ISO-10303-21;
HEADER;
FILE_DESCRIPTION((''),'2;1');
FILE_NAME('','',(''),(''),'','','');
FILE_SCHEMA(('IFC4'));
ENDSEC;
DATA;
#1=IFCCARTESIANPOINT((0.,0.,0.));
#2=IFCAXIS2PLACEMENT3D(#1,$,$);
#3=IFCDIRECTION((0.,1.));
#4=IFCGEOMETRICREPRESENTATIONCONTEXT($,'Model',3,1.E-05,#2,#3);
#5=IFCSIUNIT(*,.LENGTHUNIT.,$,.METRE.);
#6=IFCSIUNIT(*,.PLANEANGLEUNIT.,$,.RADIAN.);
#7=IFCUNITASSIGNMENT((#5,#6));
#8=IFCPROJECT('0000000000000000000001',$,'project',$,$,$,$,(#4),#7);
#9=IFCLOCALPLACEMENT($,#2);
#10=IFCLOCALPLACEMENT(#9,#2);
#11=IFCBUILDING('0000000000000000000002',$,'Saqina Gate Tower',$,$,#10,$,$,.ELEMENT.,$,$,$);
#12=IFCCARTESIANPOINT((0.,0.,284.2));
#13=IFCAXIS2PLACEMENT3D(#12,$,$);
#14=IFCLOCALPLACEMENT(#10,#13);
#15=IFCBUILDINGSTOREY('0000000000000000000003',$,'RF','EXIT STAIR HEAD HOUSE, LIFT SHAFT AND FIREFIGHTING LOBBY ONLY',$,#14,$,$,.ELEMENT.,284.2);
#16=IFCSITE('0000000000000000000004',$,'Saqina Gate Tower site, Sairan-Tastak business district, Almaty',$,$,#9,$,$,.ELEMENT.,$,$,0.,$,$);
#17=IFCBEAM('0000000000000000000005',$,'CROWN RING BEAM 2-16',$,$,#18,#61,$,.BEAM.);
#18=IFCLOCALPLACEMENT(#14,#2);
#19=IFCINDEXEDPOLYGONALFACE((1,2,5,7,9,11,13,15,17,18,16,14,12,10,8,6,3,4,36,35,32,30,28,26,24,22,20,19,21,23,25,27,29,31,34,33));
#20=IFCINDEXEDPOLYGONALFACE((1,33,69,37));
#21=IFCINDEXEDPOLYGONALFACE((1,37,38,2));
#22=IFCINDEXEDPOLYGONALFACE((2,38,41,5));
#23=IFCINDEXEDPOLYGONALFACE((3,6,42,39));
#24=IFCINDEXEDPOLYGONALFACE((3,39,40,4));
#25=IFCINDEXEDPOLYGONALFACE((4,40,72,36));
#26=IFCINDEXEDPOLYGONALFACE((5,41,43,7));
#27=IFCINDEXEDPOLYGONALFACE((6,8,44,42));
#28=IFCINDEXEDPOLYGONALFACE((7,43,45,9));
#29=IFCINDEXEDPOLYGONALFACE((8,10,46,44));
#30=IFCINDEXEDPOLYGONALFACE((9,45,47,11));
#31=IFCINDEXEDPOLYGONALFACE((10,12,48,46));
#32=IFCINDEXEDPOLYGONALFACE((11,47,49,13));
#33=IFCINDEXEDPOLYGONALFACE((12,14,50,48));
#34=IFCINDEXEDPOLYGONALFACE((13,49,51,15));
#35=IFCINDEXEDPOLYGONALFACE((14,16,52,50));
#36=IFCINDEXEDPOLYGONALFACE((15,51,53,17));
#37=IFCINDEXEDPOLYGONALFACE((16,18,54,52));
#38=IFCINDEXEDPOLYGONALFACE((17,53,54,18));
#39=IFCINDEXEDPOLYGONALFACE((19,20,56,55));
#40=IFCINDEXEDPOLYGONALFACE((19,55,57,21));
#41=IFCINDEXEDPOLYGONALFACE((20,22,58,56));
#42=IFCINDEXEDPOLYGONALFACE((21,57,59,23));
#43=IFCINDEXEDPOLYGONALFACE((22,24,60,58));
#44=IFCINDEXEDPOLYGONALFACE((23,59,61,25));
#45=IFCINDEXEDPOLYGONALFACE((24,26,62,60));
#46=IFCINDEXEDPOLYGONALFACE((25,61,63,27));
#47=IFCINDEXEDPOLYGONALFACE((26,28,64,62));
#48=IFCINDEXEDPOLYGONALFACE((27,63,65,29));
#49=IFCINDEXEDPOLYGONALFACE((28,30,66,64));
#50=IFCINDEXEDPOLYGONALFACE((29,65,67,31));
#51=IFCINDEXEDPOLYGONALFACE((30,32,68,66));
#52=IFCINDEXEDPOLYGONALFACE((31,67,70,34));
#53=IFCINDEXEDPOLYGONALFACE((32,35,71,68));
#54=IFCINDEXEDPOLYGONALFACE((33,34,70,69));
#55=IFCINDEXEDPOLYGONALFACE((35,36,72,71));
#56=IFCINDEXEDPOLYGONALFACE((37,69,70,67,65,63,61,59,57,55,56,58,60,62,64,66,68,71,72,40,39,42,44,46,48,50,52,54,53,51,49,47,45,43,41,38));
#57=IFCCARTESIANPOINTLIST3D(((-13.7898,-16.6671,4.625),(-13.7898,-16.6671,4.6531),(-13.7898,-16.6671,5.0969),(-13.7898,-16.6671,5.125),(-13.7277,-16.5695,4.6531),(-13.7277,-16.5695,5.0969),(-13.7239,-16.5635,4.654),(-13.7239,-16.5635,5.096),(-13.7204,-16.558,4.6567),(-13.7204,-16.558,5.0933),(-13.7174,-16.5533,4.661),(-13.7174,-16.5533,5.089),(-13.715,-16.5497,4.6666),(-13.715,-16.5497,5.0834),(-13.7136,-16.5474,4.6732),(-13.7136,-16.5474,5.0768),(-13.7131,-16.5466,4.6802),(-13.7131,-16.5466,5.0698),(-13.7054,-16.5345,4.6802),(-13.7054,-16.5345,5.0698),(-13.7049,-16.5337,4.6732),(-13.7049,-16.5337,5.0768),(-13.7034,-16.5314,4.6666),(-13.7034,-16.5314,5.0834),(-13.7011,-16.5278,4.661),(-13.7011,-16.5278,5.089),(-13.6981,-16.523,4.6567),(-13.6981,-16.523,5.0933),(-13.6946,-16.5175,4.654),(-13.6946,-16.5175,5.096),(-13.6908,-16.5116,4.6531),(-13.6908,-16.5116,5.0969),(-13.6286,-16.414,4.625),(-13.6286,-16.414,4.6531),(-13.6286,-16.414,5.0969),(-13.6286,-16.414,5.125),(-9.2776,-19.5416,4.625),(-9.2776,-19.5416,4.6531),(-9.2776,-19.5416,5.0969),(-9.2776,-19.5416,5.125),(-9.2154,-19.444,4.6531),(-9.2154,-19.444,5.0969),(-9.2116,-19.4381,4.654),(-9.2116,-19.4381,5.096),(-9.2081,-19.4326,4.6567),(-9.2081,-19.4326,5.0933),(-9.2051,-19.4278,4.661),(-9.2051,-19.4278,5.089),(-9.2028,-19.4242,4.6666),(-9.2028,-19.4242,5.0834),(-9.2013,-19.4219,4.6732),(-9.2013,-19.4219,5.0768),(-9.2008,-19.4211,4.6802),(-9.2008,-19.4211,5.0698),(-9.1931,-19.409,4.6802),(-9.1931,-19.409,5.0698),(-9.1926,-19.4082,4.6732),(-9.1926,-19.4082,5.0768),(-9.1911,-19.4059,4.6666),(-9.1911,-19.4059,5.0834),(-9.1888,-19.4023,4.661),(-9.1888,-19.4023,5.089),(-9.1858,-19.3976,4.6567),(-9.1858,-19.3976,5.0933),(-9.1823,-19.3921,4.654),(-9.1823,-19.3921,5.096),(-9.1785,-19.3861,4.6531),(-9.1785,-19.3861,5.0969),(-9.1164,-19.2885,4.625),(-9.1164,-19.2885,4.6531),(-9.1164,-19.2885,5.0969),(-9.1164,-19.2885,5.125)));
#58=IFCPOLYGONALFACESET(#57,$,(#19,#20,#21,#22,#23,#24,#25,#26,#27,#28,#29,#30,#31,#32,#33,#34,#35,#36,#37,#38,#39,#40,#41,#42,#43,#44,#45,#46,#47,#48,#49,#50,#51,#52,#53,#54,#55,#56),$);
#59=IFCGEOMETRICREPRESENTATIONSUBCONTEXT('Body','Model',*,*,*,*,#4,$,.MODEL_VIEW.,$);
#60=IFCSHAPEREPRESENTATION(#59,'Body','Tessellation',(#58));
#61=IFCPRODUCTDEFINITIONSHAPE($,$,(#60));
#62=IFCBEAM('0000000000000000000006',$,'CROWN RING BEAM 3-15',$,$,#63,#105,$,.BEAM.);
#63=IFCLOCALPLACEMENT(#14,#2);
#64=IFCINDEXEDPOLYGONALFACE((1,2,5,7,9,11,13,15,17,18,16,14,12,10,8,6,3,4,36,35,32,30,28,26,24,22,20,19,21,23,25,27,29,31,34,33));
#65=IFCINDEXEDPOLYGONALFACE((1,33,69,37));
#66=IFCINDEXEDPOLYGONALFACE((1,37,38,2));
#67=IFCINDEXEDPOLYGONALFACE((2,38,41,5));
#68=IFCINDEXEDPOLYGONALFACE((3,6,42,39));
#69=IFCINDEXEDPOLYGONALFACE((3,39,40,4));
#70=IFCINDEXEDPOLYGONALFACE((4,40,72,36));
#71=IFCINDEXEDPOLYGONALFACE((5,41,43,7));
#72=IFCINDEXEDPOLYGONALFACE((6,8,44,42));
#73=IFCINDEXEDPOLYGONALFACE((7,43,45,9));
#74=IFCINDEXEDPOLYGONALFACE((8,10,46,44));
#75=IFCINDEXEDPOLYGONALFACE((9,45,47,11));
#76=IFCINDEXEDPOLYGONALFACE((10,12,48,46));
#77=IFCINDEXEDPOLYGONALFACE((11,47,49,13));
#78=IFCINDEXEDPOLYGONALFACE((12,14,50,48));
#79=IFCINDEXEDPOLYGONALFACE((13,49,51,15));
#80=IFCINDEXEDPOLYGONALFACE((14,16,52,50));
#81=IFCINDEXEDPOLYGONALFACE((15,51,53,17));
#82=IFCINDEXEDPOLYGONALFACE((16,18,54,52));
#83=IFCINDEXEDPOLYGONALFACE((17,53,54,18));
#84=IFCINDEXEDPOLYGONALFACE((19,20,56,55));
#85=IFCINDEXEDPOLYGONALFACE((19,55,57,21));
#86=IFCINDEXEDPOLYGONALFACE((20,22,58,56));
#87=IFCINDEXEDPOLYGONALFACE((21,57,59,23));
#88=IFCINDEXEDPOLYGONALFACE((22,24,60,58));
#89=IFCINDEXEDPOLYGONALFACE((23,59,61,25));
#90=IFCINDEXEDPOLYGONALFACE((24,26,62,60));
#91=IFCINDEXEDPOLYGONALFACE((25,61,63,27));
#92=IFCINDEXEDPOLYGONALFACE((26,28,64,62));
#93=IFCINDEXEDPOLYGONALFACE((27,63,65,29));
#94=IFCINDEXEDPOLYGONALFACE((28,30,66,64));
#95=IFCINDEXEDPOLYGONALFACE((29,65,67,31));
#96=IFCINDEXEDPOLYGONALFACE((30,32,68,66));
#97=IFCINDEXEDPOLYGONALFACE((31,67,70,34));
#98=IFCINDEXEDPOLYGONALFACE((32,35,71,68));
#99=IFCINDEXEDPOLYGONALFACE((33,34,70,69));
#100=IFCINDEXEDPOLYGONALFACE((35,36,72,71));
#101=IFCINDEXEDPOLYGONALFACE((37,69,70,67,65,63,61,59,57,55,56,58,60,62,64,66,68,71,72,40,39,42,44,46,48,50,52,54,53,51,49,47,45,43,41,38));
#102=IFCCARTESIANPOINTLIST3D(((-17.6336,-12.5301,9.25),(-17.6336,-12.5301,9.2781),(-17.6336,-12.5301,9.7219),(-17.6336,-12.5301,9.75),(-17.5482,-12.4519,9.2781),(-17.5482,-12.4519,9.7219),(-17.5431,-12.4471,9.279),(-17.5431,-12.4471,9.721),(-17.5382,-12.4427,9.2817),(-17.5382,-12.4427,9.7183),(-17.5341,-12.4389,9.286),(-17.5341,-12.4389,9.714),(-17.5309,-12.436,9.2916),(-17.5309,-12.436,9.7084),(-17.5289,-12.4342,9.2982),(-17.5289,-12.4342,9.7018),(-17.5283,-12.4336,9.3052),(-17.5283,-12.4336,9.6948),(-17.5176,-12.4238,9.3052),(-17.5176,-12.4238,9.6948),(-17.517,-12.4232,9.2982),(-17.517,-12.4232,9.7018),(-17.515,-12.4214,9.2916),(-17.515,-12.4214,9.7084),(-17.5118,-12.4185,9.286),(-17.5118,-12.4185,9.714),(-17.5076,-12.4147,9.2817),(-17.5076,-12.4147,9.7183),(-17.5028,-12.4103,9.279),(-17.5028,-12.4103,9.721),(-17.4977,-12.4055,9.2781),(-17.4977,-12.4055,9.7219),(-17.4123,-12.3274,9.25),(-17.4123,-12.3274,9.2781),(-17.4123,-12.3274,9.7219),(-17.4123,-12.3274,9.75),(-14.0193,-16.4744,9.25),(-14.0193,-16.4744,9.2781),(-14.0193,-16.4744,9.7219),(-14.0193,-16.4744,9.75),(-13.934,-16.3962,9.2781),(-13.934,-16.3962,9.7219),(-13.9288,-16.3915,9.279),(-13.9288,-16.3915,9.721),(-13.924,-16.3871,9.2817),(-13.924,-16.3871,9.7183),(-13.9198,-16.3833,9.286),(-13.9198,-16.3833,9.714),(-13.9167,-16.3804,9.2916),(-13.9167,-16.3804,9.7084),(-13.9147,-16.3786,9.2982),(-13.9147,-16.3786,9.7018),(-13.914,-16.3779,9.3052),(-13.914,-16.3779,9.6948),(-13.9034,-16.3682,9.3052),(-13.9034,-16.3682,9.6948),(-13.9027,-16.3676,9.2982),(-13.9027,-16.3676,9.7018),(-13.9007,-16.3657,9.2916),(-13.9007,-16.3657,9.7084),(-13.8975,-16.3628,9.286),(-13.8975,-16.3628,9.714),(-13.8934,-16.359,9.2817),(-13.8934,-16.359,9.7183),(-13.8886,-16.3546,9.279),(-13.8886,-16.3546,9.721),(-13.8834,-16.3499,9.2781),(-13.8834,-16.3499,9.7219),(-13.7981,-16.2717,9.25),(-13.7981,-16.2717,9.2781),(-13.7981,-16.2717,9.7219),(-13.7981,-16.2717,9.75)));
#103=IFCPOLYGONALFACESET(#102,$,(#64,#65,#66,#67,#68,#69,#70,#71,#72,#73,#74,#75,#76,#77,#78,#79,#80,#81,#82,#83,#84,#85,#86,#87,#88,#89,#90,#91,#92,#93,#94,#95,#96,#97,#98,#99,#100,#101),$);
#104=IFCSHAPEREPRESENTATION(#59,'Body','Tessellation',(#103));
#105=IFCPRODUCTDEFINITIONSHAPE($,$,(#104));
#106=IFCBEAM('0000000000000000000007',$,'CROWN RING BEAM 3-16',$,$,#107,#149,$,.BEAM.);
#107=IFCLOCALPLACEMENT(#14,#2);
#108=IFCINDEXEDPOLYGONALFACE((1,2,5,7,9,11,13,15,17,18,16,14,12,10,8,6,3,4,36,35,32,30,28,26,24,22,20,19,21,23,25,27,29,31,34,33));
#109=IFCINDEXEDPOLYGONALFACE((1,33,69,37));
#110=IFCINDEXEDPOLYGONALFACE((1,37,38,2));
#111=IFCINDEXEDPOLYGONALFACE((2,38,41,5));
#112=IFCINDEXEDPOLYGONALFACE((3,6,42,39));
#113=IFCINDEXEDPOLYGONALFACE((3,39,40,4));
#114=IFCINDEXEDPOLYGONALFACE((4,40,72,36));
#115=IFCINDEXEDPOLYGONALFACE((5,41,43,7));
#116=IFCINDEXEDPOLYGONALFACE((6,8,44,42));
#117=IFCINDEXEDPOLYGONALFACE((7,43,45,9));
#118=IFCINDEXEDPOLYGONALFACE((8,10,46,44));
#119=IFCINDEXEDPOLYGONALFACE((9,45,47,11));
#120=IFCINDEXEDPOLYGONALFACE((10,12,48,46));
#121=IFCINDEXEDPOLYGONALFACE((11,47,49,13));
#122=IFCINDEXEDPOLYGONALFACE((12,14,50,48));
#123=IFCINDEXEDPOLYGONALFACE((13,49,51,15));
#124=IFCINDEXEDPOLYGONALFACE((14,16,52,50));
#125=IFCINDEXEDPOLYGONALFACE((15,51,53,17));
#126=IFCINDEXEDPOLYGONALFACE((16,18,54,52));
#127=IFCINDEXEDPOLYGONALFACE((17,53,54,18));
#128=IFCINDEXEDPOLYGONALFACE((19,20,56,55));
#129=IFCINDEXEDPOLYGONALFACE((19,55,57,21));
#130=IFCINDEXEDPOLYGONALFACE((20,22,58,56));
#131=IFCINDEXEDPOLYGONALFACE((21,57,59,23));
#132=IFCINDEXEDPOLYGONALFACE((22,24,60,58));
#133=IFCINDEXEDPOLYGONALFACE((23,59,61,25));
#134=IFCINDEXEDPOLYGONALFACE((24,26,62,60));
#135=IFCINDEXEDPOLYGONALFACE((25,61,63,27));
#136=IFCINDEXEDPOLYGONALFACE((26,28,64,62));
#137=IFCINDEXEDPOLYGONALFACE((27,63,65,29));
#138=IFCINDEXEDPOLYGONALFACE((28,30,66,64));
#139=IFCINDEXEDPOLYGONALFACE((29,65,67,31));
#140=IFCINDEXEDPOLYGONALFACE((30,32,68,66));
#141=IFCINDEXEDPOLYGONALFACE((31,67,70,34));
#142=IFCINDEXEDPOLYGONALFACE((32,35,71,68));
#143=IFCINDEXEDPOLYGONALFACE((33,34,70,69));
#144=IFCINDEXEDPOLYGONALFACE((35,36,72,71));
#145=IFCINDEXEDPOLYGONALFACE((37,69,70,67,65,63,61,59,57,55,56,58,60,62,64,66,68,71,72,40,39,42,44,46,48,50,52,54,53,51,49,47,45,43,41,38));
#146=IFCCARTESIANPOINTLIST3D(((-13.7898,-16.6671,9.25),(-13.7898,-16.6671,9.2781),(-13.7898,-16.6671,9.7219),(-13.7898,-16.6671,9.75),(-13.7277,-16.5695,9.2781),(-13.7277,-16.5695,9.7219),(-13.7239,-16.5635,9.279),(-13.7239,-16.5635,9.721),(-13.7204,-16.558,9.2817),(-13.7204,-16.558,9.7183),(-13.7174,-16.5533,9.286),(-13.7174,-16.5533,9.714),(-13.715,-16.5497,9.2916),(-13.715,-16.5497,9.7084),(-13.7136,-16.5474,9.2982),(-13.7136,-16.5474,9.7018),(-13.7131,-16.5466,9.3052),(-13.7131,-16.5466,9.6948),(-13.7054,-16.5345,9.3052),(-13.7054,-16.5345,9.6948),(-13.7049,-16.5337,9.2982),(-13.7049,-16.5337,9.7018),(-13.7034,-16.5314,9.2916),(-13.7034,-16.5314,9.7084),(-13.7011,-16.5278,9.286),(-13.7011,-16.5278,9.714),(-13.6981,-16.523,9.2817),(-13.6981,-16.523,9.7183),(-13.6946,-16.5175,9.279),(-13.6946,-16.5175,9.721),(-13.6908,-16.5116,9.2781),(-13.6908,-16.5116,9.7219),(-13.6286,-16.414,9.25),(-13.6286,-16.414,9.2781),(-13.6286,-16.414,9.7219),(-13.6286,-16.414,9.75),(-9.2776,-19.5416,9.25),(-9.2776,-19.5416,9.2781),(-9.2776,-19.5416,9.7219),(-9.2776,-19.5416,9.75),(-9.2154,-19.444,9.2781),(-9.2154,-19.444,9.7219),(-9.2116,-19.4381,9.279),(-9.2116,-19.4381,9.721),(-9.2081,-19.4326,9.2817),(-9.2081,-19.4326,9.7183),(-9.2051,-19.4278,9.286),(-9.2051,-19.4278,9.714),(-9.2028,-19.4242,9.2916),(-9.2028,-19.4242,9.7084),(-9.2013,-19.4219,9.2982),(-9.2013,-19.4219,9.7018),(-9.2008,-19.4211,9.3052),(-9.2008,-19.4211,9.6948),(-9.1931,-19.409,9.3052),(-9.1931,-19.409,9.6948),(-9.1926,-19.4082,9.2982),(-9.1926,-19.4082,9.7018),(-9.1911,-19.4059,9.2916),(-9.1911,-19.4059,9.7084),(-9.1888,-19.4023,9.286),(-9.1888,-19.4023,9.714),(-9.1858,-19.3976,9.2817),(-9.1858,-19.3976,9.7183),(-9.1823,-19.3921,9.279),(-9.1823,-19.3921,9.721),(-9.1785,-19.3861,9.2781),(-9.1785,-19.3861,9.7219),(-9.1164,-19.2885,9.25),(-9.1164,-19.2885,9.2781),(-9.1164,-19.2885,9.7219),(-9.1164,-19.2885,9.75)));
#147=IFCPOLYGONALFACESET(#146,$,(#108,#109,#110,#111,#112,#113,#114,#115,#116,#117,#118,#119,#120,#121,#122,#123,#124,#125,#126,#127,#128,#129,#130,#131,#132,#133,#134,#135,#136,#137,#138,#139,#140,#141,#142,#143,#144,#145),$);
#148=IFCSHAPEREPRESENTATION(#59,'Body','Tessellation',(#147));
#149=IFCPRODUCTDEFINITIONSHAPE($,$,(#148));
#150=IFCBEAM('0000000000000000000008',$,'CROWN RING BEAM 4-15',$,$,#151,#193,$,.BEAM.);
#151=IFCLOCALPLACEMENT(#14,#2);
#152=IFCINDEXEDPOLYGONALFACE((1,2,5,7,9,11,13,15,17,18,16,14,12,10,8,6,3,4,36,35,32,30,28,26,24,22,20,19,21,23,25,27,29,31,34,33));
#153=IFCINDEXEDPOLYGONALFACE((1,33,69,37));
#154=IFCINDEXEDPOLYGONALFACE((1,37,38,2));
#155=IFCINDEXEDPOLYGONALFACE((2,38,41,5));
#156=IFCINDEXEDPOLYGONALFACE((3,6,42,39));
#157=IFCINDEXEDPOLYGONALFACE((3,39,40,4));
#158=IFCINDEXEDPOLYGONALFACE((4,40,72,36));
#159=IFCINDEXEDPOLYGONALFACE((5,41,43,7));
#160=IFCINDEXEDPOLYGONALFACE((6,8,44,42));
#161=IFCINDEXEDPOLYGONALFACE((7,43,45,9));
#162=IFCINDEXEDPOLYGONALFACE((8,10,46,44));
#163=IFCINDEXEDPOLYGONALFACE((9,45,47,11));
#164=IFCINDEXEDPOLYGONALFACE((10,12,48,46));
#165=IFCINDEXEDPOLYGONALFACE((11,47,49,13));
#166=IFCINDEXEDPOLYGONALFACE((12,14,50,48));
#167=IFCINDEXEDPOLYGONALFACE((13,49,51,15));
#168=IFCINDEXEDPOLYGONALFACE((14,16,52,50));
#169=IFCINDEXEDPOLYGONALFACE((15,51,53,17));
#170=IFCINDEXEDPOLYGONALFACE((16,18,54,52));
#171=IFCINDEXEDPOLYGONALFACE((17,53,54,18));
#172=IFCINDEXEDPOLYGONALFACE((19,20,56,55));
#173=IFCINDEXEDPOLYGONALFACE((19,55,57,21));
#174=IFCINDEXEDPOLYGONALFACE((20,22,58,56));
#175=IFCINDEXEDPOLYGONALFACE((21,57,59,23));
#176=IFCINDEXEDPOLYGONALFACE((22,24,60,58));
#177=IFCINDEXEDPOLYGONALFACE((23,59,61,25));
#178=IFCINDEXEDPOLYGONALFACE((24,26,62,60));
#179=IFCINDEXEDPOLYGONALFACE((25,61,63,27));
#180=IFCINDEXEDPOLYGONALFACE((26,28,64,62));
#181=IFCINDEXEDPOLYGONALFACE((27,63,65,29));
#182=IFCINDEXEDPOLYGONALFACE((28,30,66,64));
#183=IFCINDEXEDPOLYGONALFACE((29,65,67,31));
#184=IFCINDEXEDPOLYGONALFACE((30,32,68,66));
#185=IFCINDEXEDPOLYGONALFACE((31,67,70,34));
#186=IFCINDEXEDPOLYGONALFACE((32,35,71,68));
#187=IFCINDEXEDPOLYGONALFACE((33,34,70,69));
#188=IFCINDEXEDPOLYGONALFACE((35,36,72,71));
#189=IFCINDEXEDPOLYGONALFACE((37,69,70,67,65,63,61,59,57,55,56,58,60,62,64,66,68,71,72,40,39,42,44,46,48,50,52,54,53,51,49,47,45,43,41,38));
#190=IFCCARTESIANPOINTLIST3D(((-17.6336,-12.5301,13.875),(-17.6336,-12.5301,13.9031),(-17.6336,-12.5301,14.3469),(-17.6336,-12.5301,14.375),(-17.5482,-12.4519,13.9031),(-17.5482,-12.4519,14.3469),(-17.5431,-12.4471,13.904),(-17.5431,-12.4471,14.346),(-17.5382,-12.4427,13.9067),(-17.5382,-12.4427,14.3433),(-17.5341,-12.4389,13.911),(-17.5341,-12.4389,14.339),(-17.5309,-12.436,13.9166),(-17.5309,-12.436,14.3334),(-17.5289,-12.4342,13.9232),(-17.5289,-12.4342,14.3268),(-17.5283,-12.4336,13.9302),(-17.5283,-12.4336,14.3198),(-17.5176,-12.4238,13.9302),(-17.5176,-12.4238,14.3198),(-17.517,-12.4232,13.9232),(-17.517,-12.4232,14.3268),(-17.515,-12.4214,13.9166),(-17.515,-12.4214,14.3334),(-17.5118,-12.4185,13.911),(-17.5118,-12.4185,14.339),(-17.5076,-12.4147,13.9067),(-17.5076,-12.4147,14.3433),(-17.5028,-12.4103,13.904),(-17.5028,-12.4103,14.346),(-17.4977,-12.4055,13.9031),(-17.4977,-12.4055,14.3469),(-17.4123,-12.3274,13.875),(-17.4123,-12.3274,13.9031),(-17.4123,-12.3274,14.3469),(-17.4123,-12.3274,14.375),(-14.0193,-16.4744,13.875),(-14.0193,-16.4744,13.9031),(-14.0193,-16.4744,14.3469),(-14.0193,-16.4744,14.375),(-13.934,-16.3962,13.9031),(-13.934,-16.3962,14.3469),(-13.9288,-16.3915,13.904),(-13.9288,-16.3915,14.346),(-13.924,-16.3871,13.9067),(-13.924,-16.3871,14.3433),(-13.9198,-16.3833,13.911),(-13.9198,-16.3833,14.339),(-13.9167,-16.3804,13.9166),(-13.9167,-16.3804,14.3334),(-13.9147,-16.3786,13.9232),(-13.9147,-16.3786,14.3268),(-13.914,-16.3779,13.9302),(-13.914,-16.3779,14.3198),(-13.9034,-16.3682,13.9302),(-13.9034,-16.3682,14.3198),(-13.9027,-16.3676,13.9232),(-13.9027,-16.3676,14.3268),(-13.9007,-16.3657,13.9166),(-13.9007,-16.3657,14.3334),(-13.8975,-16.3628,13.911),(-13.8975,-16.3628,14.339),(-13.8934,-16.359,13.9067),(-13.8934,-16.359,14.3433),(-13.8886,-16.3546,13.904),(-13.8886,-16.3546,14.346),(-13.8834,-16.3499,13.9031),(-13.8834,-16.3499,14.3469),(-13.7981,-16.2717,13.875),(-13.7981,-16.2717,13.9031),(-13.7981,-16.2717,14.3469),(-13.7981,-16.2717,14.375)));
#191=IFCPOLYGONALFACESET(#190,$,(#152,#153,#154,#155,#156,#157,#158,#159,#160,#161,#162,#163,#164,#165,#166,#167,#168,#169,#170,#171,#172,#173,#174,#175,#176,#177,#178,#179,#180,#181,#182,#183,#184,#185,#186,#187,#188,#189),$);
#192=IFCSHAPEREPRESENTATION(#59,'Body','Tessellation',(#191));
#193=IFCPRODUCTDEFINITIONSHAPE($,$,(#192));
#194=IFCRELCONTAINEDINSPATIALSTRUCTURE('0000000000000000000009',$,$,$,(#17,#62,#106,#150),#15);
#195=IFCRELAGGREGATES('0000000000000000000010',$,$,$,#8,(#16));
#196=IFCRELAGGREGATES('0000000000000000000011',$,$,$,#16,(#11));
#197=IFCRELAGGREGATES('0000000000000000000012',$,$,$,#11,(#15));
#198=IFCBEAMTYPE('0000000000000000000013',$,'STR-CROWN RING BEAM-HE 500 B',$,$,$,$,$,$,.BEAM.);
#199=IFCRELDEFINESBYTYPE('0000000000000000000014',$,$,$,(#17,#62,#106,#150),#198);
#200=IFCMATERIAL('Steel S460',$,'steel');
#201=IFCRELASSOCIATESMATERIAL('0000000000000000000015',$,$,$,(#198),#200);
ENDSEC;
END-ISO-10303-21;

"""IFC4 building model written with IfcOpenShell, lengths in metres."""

from ifc_helpers import new_model, si_unit, direction, frame, origin, origin_2d, place, context, subcontext, project, spatial, i_section, extrude, material, material_profile, profile_set, type_object, element, save


model = new_model("IFC4")

# Units and contexts
model_context = context("Model", 3, precision=1e-05, world=origin(), true_north=direction((0.0, 1.0)))
body_context = subcontext(model_context, "Body", "Model", "MODEL_VIEW")
ifc_project = project(units=[si_unit("LENGTHUNIT", "METRE"), si_unit("PLANEANGLEUNIT", "RADIAN")], contexts=[model_context])

# Site, building, storey
site_placement = place(None, origin())
site = spatial("IfcSite", under=ifc_project, at=site_placement, Name="Saqina Gate Tower site, Sairan-Tastak business district, Almaty", CompositionType="ELEMENT", RefElevation=0.0)
building_placement = place(site_placement, origin())
building = spatial("IfcBuilding", under=site, at=building_placement, Name="Saqina Gate Tower", CompositionType="ELEMENT")
storey_placement = place(building_placement, frame((0.0, 0.0, 284.2)))
storey = spatial("IfcBuildingStorey", under=building, at=storey_placement, Name="RF", Description="EXIT STAIR HEAD HOUSE, LIFT SHAFT AND FIREFIGHTING LOBBY ONLY", CompositionType="ELEMENT", Elevation=284.2)

# Beams
ifc_material_1 = material(Name="Steel S460", Category="steel")
ifc_material_profile_1 = material_profile(ifc_material_1, i_section(OverallWidth=0.3, OverallDepth=0.5, WebThickness=0.0144, FlangeThickness=0.0281, FilletRadius=0.0271, at=origin_2d()), Name="HE 500 B")
ifc_profile_set_1 = profile_set([ifc_material_profile_1], Name="Steel S460")
beam_type_1 = type_object("IfcBeamType", Name="STR-CROWN RING BEAM-HE 500 B", PredefinedType="BEAM", material=ifc_profile_set_1)
beam_1_placement = place(storey_placement, frame((-13.7092, -16.5405, 4.875), z_axis=(0.843398, -0.537289, 0.0), x_axis=(0.537289, 0.843398, 0.0)))
element("IfcBeam", 1, at=beam_1_placement, inside=storey, type_object=beam_type_1, Name="CROWN RING BEAM 2-16", PredefinedType="BEAM", context=body_context, shape_type="SweptSolid", body=[
    extrude(i_section(OverallWidth=0.3, OverallDepth=0.5, WebThickness=0.0144, FlangeThickness=0.0281, FilletRadius=0.0271, at=origin_2d()), origin(), (0.0, 0.0, 1.0), 5.3501),
])
beam_2_placement = place(storey_placement, frame((-17.5229, -12.4287, 9.5), z_axis=(0.675584, -0.737283, 0.0), x_axis=(0.737283, 0.675584, 0.0)))
element("IfcBeam", 2, at=beam_2_placement, inside=storey, type_object=beam_type_1, Name="CROWN RING BEAM 3-15", PredefinedType="BEAM", context=body_context, shape_type="SweptSolid", body=[
    extrude(i_section(OverallWidth=0.3, OverallDepth=0.5, WebThickness=0.0144, FlangeThickness=0.0281, FilletRadius=0.0271, at=origin_2d()), origin(), (0.0, 0.0, 1.0), 5.3499),
])
beam_3_placement = place(storey_placement, frame((-13.7092, -16.5405, 9.5), z_axis=(0.843398, -0.537289, 0.0), x_axis=(0.537289, 0.843398, 0.0)))
element("IfcBeam", 3, at=beam_3_placement, inside=storey, type_object=beam_type_1, Name="CROWN RING BEAM 3-16", PredefinedType="BEAM", context=body_context, shape_type="SweptSolid", body=[
    extrude(i_section(OverallWidth=0.3, OverallDepth=0.5, WebThickness=0.0144, FlangeThickness=0.0281, FilletRadius=0.0271, at=origin_2d()), origin(), (0.0, 0.0, 1.0), 5.3501),
])
beam_4_placement = place(storey_placement, frame((-17.5229, -12.4287, 14.125), z_axis=(0.675584, -0.737283, 0.0), x_axis=(0.737283, 0.675584, 0.0)))
element("IfcBeam", 4, at=beam_4_placement, inside=storey, type_object=beam_type_1, Name="CROWN RING BEAM 4-15", PredefinedType="BEAM", context=body_context, shape_type="SweptSolid", body=[
    extrude(i_section(OverallWidth=0.3, OverallDepth=0.5, WebThickness=0.0144, FlangeThickness=0.0281, FilletRadius=0.0271, at=origin_2d()), origin(), (0.0, 0.0, 1.0), 5.3499),
])

save(model, "model.ifc")
